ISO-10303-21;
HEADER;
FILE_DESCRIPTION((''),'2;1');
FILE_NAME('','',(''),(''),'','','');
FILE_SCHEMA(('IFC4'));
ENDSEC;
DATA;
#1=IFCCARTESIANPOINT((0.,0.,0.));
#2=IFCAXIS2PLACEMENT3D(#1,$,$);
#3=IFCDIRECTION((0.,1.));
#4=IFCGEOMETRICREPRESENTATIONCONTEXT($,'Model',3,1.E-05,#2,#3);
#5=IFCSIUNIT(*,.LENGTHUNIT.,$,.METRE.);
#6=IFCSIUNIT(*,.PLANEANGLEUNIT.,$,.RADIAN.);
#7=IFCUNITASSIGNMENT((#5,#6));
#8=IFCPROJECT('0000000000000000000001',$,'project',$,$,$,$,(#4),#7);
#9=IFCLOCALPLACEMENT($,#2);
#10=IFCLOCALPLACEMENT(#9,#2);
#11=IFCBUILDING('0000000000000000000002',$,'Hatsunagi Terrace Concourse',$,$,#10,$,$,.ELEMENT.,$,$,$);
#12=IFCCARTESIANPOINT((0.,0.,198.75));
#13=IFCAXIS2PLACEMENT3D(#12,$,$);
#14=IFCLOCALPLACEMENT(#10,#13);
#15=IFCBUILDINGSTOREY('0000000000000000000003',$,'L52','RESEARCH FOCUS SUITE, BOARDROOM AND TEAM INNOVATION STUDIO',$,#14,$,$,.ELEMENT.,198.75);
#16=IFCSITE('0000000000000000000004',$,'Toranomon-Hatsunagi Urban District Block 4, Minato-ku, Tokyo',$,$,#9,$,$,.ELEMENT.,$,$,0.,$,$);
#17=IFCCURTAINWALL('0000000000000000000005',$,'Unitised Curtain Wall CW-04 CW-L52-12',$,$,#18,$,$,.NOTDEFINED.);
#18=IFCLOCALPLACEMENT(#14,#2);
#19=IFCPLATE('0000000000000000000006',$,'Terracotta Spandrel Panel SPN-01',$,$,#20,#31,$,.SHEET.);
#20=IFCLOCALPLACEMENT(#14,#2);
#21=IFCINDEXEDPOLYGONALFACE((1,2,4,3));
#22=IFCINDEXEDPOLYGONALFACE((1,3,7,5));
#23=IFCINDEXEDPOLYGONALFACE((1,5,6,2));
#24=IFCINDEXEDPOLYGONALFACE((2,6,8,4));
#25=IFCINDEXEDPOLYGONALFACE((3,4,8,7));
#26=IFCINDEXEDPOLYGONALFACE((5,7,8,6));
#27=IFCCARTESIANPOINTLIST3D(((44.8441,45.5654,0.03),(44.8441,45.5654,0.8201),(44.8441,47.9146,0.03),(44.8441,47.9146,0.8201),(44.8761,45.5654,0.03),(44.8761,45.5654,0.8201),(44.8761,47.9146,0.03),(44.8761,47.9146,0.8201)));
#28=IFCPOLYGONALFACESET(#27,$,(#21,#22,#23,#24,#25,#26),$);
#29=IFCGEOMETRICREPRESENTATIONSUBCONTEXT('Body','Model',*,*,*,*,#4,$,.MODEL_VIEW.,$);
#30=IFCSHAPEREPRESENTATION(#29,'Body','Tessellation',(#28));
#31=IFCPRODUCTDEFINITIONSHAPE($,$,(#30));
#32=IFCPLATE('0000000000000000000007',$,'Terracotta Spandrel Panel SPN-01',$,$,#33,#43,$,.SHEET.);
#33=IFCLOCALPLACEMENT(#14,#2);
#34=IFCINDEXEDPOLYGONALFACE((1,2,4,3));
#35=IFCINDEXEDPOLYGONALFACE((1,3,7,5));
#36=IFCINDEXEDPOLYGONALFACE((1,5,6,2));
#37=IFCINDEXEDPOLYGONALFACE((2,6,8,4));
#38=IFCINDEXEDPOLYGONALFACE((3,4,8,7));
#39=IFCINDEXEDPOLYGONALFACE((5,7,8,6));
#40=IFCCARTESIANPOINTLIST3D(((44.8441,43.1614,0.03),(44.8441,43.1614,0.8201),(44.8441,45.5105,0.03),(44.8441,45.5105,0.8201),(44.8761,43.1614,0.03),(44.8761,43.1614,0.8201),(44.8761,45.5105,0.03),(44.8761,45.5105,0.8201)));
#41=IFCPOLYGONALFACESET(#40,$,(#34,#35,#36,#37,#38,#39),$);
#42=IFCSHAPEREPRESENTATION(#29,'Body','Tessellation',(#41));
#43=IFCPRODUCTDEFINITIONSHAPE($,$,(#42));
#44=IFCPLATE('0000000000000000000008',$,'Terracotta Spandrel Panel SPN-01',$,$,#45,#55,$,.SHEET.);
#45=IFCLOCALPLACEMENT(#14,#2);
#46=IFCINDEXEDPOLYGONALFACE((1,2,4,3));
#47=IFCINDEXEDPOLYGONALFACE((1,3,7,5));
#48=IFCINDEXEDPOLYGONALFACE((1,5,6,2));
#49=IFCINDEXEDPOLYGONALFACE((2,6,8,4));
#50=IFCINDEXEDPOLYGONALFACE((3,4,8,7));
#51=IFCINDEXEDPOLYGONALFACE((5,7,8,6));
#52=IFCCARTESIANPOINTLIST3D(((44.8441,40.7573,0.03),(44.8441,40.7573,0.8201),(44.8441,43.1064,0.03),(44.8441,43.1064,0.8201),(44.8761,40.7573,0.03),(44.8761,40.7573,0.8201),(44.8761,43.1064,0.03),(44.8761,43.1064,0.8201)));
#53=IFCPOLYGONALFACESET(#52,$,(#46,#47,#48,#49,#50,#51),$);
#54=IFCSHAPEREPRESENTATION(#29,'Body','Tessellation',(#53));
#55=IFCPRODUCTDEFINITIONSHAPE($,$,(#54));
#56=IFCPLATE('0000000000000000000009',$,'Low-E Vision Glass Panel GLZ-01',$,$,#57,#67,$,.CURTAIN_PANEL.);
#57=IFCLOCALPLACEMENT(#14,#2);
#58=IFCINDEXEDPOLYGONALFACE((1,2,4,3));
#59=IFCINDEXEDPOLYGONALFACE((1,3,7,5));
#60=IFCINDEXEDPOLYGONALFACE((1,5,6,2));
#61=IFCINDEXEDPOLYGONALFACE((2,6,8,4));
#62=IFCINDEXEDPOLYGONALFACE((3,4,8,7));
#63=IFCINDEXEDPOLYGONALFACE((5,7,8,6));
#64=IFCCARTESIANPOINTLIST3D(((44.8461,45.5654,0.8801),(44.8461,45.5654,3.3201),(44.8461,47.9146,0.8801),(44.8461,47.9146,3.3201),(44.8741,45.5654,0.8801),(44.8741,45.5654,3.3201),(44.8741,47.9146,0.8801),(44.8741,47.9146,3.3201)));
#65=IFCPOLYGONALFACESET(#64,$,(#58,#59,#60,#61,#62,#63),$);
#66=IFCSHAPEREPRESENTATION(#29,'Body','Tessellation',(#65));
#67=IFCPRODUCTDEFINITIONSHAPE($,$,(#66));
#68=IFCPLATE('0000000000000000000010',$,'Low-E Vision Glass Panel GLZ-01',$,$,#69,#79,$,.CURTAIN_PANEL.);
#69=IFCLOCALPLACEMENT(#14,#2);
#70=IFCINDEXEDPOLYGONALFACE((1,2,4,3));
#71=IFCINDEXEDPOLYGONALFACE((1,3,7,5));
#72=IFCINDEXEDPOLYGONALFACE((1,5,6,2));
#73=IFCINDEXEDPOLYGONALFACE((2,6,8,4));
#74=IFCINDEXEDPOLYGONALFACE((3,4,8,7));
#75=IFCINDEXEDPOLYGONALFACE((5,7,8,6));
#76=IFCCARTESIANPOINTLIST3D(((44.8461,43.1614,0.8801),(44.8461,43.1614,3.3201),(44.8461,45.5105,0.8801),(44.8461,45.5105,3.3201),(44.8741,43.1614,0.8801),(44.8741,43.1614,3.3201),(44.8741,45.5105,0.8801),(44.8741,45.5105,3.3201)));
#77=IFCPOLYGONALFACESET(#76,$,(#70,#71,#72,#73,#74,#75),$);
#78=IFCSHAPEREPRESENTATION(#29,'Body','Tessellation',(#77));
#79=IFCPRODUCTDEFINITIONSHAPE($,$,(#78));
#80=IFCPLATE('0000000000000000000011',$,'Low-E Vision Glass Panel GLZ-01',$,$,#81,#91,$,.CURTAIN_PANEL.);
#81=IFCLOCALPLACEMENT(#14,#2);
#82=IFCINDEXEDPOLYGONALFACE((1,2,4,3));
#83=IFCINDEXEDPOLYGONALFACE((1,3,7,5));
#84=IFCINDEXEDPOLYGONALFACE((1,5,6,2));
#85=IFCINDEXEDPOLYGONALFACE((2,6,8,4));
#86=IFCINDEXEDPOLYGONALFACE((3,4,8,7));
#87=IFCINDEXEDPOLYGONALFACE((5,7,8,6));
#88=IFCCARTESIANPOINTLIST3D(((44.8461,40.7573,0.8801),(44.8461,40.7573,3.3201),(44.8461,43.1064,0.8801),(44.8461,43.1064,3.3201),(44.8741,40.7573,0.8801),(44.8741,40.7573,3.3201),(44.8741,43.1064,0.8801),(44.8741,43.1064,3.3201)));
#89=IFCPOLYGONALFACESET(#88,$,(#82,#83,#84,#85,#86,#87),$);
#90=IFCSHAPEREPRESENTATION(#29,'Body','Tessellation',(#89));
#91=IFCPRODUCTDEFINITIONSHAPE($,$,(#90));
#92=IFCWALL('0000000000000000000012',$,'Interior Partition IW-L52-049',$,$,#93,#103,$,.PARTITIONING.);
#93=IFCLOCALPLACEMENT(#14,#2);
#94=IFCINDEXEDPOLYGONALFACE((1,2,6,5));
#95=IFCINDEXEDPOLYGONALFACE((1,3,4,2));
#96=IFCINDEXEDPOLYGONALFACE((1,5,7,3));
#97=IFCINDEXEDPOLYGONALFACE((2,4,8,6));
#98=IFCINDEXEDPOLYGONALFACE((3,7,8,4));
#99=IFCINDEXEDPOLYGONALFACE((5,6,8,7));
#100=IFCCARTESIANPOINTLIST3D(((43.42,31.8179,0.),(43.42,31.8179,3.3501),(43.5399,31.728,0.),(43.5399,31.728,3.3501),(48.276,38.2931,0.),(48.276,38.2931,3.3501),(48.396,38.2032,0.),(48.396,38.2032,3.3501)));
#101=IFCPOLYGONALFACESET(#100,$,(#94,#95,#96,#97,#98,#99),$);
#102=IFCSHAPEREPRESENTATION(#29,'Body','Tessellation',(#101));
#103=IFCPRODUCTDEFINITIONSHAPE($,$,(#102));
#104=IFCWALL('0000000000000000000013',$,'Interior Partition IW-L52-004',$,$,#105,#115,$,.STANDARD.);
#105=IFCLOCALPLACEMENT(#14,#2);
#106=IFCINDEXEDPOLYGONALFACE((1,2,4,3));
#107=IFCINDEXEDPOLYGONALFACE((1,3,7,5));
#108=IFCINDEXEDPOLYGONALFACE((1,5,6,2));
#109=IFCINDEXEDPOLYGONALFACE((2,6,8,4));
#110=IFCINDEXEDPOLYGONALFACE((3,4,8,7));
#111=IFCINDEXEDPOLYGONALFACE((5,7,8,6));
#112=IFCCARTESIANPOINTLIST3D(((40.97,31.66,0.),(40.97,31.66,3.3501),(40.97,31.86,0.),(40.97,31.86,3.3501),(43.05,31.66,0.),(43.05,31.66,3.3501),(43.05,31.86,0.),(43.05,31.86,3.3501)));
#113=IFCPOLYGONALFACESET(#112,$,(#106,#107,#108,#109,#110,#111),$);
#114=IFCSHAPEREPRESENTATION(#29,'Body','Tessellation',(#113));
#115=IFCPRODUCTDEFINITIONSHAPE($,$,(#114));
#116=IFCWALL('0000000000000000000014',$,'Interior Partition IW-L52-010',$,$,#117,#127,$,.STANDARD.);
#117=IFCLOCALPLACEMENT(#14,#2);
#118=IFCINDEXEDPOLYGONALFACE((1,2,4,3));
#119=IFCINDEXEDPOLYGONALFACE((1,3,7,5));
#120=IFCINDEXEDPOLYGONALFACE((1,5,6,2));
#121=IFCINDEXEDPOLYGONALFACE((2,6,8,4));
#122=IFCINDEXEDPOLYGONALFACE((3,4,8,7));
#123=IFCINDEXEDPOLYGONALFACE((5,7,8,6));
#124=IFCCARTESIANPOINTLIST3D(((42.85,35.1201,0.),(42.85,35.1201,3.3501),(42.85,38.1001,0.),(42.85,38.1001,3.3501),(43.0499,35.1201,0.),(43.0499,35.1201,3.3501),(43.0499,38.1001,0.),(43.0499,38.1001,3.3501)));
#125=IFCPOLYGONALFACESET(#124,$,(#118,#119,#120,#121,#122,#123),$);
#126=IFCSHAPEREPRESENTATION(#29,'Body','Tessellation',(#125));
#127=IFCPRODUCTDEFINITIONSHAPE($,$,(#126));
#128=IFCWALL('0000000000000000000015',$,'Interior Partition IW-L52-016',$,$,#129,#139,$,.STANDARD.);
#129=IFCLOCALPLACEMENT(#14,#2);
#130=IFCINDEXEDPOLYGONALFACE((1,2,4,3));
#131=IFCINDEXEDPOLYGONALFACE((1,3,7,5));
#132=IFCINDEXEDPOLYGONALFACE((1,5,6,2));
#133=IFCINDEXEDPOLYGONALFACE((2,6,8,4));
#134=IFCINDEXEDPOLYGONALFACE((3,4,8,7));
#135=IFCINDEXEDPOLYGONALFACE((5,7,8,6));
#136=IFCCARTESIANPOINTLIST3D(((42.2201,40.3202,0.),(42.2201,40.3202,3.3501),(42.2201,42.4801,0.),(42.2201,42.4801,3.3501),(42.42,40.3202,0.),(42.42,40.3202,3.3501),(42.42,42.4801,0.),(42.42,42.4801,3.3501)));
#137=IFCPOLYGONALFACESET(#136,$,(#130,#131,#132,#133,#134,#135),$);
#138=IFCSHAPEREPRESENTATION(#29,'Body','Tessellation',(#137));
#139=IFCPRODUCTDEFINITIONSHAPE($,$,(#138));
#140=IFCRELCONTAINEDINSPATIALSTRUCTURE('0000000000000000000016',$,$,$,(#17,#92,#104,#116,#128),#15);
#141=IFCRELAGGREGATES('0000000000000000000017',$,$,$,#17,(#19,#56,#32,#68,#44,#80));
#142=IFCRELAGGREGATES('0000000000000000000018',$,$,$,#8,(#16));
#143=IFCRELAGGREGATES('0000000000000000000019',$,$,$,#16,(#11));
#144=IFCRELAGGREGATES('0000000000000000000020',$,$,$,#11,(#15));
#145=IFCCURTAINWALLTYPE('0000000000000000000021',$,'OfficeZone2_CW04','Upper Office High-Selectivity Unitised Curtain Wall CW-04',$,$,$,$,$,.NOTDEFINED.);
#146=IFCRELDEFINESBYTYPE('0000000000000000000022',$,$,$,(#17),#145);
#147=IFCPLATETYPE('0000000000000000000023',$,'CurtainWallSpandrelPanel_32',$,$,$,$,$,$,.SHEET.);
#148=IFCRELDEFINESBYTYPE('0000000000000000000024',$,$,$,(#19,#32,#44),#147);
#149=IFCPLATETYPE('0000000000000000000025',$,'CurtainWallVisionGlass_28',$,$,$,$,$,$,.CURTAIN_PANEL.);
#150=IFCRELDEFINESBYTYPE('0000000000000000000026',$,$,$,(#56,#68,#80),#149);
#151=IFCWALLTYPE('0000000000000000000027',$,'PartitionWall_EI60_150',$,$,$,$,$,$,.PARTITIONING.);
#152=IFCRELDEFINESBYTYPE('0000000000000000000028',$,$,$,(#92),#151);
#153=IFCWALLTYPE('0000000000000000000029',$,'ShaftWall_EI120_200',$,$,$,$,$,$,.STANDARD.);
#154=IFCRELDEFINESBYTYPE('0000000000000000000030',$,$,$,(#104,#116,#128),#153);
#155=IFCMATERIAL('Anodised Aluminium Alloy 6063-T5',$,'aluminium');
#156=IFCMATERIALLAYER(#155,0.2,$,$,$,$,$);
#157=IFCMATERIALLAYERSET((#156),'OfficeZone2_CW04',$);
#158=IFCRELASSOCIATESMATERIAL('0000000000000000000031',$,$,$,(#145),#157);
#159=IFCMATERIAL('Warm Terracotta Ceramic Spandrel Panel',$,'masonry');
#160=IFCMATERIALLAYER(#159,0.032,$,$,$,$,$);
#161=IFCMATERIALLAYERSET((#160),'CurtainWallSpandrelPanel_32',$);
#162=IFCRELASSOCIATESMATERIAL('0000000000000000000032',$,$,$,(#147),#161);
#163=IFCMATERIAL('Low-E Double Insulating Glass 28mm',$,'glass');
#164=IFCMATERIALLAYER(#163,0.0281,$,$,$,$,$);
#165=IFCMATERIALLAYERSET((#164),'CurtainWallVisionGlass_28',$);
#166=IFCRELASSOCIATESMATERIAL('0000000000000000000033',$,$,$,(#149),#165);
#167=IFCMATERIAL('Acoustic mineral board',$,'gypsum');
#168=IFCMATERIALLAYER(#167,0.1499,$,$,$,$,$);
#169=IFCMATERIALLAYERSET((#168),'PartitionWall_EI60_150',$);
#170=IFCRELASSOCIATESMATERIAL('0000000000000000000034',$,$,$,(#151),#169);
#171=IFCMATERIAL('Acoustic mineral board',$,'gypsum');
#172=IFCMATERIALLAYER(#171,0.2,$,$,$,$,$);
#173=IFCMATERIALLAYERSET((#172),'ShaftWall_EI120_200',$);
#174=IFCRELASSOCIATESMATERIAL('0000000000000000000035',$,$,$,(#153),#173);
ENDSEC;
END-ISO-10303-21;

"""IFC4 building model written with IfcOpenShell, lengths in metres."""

from ifc_helpers import new_model, si_unit, direction, frame, frame_2d, origin, origin_2d, place, context, subcontext, project, spatial, rectangle, extrude, material, layer, layer_set, type_object, element, aggregate, save


model = new_model("IFC4")

# Units and contexts
model_context = context("Model", 3, precision=1e-05, world=origin(), true_north=direction((0.0, 1.0)))
body_context = subcontext(model_context, "Body", "Model", "MODEL_VIEW")
ifc_project = project(units=[si_unit("LENGTHUNIT", "METRE"), si_unit("PLANEANGLEUNIT", "RADIAN")], contexts=[model_context])

# Site, building, storey
site_placement = place(None, origin())
site = spatial("IfcSite", under=ifc_project, at=site_placement, Name="Toranomon-Hatsunagi Urban District Block 4, Minato-ku, Tokyo", CompositionType="ELEMENT", RefElevation=0.0)
building_placement = place(site_placement, origin())
building = spatial("IfcBuilding", under=site, at=building_placement, Name="Hatsunagi Terrace Concourse", CompositionType="ELEMENT")
storey_placement = place(building_placement, frame((0.0, 0.0, 198.75)))
storey = spatial("IfcBuildingStorey", under=building, at=storey_placement, Name="L52", Description="RESEARCH FOCUS SUITE, BOARDROOM AND TEAM INNOVATION STUDIO", CompositionType="ELEMENT", Elevation=198.75)

# Curtain wall
ifc_material_1 = material(Name="Anodised Aluminium Alloy 6063-T5", Category="aluminium")
ifc_layer_1 = layer(ifc_material_1, 0.2)
ifc_layer_set_1 = layer_set([ifc_layer_1], Name="OfficeZone2_CW04")
curtain_wall_type = type_object("IfcCurtainWallType", Name="OfficeZone2_CW04", Description="Upper Office High-Selectivity Unitised Curtain Wall CW-04", PredefinedType="NOTDEFINED", material=ifc_layer_set_1)
curtain_wall_placement = place(storey_placement, origin())
curtain_wall = element("IfcCurtainWall", 1, at=curtain_wall_placement, inside=storey, type_object=curtain_wall_type, Name="Unitised Curtain Wall CW-04 CW-L52-12", PredefinedType="NOTDEFINED")

# Plates
ifc_material_2 = material(Name="Warm Terracotta Ceramic Spandrel Panel", Category="masonry")
ifc_layer_2 = layer(ifc_material_2, 0.032)
ifc_layer_set_2 = layer_set([ifc_layer_2], Name="CurtainWallSpandrelPanel_32")
plate_type_1 = type_object("IfcPlateType", Name="CurtainWallSpandrelPanel_32", PredefinedType="SHEET", material=ifc_layer_set_2)
plate_1_placement = place(storey_placement, frame((44.8601, 46.74, 0.03), z_axis=(0.0, 0.0, 1.0), x_axis=(0.0, -1.0, 0.0)))
plate_1 = element("IfcPlate", 2, at=plate_1_placement, type_object=plate_type_1, Name="Terracotta Spandrel Panel SPN-01", PredefinedType="SHEET", context=body_context, shape_type="SweptSolid", body=[
    extrude(rectangle(XDim=2.3491, YDim=0.032, at=origin_2d()), origin(), (0.0, 0.0, 1.0), 0.79),
])
plate_2_placement = place(storey_placement, frame((44.8601, 44.3359, 0.03), z_axis=(0.0, 0.0, 1.0), x_axis=(0.0, -1.0, 0.0)))
plate_2 = element("IfcPlate", 3, at=plate_2_placement, type_object=plate_type_1, Name="Terracotta Spandrel Panel SPN-01", PredefinedType="SHEET", context=body_context, shape_type="SweptSolid", body=[
    extrude(rectangle(XDim=2.3491, YDim=0.032, at=origin_2d()), origin(), (0.0, 0.0, 1.0), 0.79),
])
plate_3_placement = place(storey_placement, frame((44.8601, 41.9319, 0.03), z_axis=(0.0, 0.0, 1.0), x_axis=(0.0, -1.0, 0.0)))
plate_3 = element("IfcPlate", 4, at=plate_3_placement, type_object=plate_type_1, Name="Terracotta Spandrel Panel SPN-01", PredefinedType="SHEET", context=body_context, shape_type="SweptSolid", body=[
    extrude(rectangle(XDim=2.3491, YDim=0.032, at=origin_2d()), origin(), (0.0, 0.0, 1.0), 0.79),
])
ifc_material_3 = material(Name="Low-E Double Insulating Glass 28mm", Category="glass")
ifc_layer_3 = layer(ifc_material_3, 0.0281)
ifc_layer_set_3 = layer_set([ifc_layer_3], Name="CurtainWallVisionGlass_28")
plate_type_2 = type_object("IfcPlateType", Name="CurtainWallVisionGlass_28", PredefinedType="CURTAIN_PANEL", material=ifc_layer_set_3)
plate_4_placement = place(storey_placement, frame((44.8601, 46.74, 0.8801), z_axis=(0.0, 0.0, 1.0), x_axis=(0.0, -1.0, 0.0)))
plate_4 = element("IfcPlate", 5, at=plate_4_placement, type_object=plate_type_2, Name="Low-E Vision Glass Panel GLZ-01", PredefinedType="CURTAIN_PANEL", context=body_context, shape_type="SweptSolid", body=[
    extrude(rectangle(XDim=2.3491, YDim=0.0281, at=origin_2d()), origin(), (0.0, 0.0, 1.0), 2.4399),
])
plate_5_placement = place(storey_placement, frame((44.8601, 44.3359, 0.8801), z_axis=(0.0, 0.0, 1.0), x_axis=(0.0, -1.0, 0.0)))
plate_5 = element("IfcPlate", 6, at=plate_5_placement, type_object=plate_type_2, Name="Low-E Vision Glass Panel GLZ-01", PredefinedType="CURTAIN_PANEL", context=body_context, shape_type="SweptSolid", body=[
    extrude(rectangle(XDim=2.3491, YDim=0.0281, at=origin_2d()), origin(), (0.0, 0.0, 1.0), 2.4399),
])
plate_6_placement = place(storey_placement, frame((44.8601, 41.9319, 0.8801), z_axis=(0.0, 0.0, 1.0), x_axis=(0.0, -1.0, 0.0)))
plate_6 = element("IfcPlate", 7, at=plate_6_placement, type_object=plate_type_2, Name="Low-E Vision Glass Panel GLZ-01", PredefinedType="CURTAIN_PANEL", context=body_context, shape_type="SweptSolid", body=[
    extrude(rectangle(XDim=2.3491, YDim=0.0281, at=origin_2d()), origin(), (0.0, 0.0, 1.0), 2.4399),
])
aggregate(curtain_wall, [plate_1, plate_4, plate_2, plate_5, plate_3, plate_6])

# Walls
ifc_material_4 = material(Name="Acoustic mineral board", Category="gypsum")
ifc_layer_4 = layer(ifc_material_4, 0.1499)
ifc_layer_set_4 = layer_set([ifc_layer_4], Name="PartitionWall_EI60_150")
wall_type_1 = type_object("IfcWallType", Name="PartitionWall_EI60_150", PredefinedType="PARTITIONING", material=ifc_layer_set_4)
wall_1_placement = place(storey_placement, frame((43.48, 31.7729, 0.0), z_axis=(0.0, 0.0, 1.0), x_axis=(0.599971, 0.800022, 0.0)))
element("IfcWall", 8, at=wall_1_placement, inside=storey, type_object=wall_type_1, Name="Interior Partition IW-L52-049", PredefinedType="PARTITIONING", context=body_context, shape_type="SweptSolid", body=[
    extrude(rectangle(XDim=8.0938, YDim=0.1499, at=frame_2d((4.0469, 0.0))), origin(), (0.0, 0.0, 1.0), 3.3501),
])
ifc_material_5 = material(Name="Acoustic mineral board", Category="gypsum")
ifc_layer_5 = layer(ifc_material_5, 0.2)
ifc_layer_set_5 = layer_set([ifc_layer_5], Name="ShaftWall_EI120_200")
wall_type_2 = type_object("IfcWallType", Name="ShaftWall_EI120_200", PredefinedType="STANDARD", material=ifc_layer_set_5)
wall_2_placement = place(storey_placement, frame((40.97, 31.76, 0.0), z_axis=(0.0, 0.0, 1.0), x_axis=(1.0, 0.0, 0.0)))
element("IfcWall", 9, at=wall_2_placement, inside=storey, type_object=wall_type_2, Name="Interior Partition IW-L52-004", PredefinedType="STANDARD", context=body_context, shape_type="SweptSolid", body=[
    extrude(rectangle(XDim=2.0801, YDim=0.2, at=frame_2d((1.04, 0.0))), origin(), (0.0, 0.0, 1.0), 3.3501),
])
wall_3_placement = place(storey_placement, frame((42.95, 35.1201, 0.0), z_axis=(0.0, 0.0, 1.0), x_axis=(0.0, 1.0, 0.0)))
element("IfcWall", 10, at=wall_3_placement, inside=storey, type_object=wall_type_2, Name="Interior Partition IW-L52-010", PredefinedType="STANDARD", context=body_context, shape_type="SweptSolid", body=[
    extrude(rectangle(XDim=2.98, YDim=0.2, at=frame_2d((1.49, 0.0))), origin(), (0.0, 0.0, 1.0), 3.3501),
])
wall_4_placement = place(storey_placement, frame((42.3201, 40.3201, 0.0), z_axis=(0.0, 0.0, 1.0), x_axis=(0.0, 1.0, 0.0)))
element("IfcWall", 11, at=wall_4_placement, inside=storey, type_object=wall_type_2, Name="Interior Partition IW-L52-016", PredefinedType="STANDARD", context=body_context, shape_type="SweptSolid", body=[
    extrude(rectangle(XDim=2.1599, YDim=0.2, at=frame_2d((1.0801, 0.0))), origin(), (0.0, 0.0, 1.0), 3.3501),
])

save(model, "model.ifc")
